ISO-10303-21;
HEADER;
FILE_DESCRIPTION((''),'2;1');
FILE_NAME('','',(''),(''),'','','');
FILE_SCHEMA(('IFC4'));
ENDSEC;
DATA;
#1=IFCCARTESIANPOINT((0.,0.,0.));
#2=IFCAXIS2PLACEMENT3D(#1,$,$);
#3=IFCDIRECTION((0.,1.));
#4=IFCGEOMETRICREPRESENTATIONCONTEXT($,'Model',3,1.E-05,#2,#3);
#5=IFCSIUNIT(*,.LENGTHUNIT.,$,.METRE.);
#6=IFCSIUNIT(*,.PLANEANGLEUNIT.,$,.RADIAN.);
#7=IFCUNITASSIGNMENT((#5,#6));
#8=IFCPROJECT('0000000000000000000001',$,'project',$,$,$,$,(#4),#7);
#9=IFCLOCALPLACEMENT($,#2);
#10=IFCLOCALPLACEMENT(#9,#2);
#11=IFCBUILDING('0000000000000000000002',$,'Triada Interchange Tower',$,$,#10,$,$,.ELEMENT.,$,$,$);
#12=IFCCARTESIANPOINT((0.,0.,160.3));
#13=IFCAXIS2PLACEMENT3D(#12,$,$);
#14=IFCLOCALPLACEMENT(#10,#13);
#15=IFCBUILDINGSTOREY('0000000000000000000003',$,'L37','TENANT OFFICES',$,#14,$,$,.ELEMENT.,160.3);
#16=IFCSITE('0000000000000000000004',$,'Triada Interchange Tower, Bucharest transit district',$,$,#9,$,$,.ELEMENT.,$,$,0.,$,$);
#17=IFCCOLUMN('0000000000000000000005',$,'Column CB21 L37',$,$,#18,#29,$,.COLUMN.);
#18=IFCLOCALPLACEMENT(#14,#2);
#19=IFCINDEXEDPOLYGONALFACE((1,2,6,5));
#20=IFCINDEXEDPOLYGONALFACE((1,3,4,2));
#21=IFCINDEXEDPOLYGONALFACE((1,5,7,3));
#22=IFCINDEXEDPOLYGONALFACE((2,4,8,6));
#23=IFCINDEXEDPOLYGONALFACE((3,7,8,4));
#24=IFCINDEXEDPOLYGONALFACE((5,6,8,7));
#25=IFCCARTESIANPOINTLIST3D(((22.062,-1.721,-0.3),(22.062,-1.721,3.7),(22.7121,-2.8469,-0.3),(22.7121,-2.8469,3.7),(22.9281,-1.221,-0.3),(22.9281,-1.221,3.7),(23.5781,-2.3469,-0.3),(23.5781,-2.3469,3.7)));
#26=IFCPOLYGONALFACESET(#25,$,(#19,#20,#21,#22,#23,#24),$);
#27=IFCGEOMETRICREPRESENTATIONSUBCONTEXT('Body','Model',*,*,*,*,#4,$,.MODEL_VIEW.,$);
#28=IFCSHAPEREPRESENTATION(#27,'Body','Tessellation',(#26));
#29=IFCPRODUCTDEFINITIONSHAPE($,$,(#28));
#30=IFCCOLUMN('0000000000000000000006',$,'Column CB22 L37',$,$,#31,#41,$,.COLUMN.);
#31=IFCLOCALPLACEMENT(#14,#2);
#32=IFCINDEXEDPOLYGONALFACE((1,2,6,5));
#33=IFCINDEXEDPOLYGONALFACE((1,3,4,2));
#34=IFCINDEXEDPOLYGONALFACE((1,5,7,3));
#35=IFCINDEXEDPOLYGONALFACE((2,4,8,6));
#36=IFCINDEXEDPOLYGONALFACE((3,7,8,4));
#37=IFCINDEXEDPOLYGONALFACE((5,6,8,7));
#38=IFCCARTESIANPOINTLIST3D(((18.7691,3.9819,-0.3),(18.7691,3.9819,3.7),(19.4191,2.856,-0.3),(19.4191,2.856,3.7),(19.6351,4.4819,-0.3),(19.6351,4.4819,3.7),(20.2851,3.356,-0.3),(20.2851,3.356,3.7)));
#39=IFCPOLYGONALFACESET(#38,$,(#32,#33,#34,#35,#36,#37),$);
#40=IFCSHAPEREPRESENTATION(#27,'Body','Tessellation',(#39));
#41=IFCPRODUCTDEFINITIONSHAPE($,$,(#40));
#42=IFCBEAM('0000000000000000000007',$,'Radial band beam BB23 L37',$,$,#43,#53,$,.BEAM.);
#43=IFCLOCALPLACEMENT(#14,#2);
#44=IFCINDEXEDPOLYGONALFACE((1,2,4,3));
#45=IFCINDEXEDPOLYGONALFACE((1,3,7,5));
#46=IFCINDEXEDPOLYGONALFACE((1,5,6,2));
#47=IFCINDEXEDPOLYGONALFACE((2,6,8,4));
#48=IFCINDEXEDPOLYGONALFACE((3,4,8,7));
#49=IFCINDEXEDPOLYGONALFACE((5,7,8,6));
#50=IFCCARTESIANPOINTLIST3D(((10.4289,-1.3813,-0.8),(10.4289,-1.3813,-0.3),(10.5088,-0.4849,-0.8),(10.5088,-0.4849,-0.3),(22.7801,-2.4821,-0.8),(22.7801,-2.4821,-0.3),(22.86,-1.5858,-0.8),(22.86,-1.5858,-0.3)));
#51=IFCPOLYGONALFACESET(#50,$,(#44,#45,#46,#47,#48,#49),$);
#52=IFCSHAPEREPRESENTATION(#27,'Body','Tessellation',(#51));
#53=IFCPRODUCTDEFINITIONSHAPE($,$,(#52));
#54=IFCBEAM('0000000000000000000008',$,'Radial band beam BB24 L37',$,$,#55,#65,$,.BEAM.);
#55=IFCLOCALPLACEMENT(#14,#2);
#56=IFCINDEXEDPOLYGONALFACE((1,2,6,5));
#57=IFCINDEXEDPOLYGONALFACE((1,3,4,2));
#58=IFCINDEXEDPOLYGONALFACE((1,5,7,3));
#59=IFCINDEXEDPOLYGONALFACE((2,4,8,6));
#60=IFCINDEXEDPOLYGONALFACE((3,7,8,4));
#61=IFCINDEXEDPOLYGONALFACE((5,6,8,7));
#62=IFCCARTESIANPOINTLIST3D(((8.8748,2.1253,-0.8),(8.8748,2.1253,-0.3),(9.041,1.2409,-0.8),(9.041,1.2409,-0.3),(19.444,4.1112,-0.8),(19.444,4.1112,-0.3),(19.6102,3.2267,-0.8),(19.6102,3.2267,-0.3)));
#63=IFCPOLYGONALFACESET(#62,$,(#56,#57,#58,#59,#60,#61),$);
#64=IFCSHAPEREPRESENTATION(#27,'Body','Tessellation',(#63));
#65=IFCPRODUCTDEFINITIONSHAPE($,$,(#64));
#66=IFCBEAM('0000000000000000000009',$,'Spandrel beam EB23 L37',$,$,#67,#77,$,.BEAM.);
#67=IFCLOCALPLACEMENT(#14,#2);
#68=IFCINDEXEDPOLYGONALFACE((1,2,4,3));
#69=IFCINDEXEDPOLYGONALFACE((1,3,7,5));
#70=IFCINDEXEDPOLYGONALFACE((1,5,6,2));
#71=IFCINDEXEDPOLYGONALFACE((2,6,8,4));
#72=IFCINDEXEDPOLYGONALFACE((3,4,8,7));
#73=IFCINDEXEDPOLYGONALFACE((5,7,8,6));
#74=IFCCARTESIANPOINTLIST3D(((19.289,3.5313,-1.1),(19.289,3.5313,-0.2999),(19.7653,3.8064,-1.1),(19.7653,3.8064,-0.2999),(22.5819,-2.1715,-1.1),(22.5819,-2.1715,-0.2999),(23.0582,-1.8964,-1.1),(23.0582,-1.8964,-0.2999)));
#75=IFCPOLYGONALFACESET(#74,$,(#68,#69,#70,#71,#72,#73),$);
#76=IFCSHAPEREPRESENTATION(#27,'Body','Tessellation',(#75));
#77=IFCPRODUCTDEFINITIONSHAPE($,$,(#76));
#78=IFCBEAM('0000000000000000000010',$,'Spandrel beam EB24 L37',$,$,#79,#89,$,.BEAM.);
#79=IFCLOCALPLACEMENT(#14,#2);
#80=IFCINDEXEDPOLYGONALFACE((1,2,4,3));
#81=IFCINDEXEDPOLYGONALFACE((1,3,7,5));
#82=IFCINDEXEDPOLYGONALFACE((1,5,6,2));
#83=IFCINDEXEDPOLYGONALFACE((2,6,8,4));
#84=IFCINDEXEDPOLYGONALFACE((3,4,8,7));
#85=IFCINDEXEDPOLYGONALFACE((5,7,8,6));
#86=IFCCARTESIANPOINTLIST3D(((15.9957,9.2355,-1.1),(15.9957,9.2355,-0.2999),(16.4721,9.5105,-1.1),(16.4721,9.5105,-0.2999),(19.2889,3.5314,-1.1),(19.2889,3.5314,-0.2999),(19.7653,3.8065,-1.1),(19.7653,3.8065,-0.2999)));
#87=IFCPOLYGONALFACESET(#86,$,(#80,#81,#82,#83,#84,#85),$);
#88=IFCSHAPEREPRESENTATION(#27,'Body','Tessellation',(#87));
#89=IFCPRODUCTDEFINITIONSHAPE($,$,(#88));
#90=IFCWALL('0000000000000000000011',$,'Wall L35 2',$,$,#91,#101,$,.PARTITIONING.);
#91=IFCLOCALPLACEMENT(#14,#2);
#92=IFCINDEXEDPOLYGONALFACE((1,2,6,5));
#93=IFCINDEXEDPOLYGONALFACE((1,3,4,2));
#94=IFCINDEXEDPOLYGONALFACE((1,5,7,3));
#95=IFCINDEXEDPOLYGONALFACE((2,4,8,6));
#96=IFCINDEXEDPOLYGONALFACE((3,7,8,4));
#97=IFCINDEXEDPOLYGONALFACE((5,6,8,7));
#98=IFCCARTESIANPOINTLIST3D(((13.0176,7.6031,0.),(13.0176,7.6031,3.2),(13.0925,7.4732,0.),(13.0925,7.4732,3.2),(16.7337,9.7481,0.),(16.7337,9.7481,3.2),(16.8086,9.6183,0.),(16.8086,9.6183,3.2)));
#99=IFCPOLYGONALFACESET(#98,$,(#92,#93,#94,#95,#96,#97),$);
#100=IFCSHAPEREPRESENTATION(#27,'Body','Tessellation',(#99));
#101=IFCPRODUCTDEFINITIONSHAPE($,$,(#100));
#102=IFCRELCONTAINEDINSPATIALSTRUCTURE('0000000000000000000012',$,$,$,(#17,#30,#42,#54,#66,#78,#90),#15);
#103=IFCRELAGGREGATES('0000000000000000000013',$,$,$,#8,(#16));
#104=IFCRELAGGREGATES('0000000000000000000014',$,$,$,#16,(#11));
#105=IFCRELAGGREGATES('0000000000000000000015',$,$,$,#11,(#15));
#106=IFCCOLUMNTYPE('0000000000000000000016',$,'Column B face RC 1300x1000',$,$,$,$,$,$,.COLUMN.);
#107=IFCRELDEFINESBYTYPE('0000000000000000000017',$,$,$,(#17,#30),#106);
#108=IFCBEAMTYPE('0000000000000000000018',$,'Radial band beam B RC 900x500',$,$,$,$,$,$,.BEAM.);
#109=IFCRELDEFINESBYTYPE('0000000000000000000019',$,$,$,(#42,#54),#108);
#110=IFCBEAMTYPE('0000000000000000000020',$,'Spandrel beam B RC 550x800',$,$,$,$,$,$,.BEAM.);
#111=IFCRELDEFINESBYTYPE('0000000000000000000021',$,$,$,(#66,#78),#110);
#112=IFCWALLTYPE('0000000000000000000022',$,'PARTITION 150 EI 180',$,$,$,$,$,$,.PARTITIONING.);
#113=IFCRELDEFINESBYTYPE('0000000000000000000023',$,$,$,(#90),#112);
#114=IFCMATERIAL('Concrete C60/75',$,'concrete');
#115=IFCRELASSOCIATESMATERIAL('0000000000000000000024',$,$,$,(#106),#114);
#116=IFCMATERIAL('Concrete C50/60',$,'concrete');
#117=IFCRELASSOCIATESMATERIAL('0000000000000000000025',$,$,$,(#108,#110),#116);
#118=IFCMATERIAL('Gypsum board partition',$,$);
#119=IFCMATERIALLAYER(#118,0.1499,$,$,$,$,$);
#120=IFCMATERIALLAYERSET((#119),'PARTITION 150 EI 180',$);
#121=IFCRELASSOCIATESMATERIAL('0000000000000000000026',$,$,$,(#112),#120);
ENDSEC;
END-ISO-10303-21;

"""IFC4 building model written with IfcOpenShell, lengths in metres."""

from ifc_helpers import new_model, si_unit, direction, frame, frame_2d, origin, origin_2d, place, context, subcontext, project, spatial, rectangle, extrude, material, layer, layer_set, material_profile, profile_set, type_object, element, save


model = new_model("IFC4")

# Units and contexts
model_context = context("Model", 3, precision=1e-05, world=origin(), true_north=direction((0.0, 1.0)))
body_context = subcontext(model_context, "Body", "Model", "MODEL_VIEW")
ifc_project = project(units=[si_unit("LENGTHUNIT", "METRE"), si_unit("PLANEANGLEUNIT", "RADIAN")], contexts=[model_context])

# Site, building, storey
site_placement = place(None, origin())
site = spatial("IfcSite", under=ifc_project, at=site_placement, Name="Triada Interchange Tower, Bucharest transit district", CompositionType="ELEMENT", RefElevation=0.0)
building_placement = place(site_placement, origin())
building = spatial("IfcBuilding", under=site, at=building_placement, Name="Triada Interchange Tower", CompositionType="ELEMENT")
storey_placement = place(building_placement, frame((0.0, 0.0, 160.3)))
storey = spatial("IfcBuildingStorey", under=building, at=storey_placement, Name="L37", Description="TENANT OFFICES", CompositionType="ELEMENT", Elevation=160.3)

# Columns
ifc_material_1 = material(Name="Concrete C60/75", Category="concrete")
ifc_material_profile_1 = material_profile(ifc_material_1, rectangle(XDim=1.3, YDim=1.0, at=origin_2d()), Name="RC 1300x1000")
ifc_profile_set_1 = profile_set([ifc_material_profile_1], Name="Concrete C60/75")
column_type = type_object("IfcColumnType", Name="Column B face RC 1300x1000", PredefinedType="COLUMN", material=ifc_profile_set_1)
for number, where, z_axis, x_axis, name in (
    (1, (22.8201, -2.0339, -0.3), (0.0, 0.0, 1.0), (-0.5, 0.866025, 0.0), "Column CB21 L37"),
    (2, (19.5271, 3.6689, -0.3), (0.0, 0.0, 1.0), (-0.5, 0.866025, 0.0), "Column CB22 L37"),
):
    element("IfcColumn", number, at=place(storey_placement, frame(where, z_axis=z_axis, x_axis=x_axis)), inside=storey, type_object=column_type, Name=name, PredefinedType="COLUMN", context=body_context, shape_type="SweptSolid", body=[
        extrude(rectangle(XDim=1.3, YDim=1.0, at=origin_2d()), origin(), (0.0, 0.0, 1.0), 4.0),
    ])

# Beams
ifc_material_2 = material(Name="Concrete C50/60", Category="concrete")
ifc_material_profile_2 = material_profile(ifc_material_2, rectangle(XDim=0.8999, YDim=0.5, at=origin_2d()), Name="RC 900x500")
ifc_profile_set_2 = profile_set([ifc_material_profile_2], Name="Concrete C50/60")
beam_type_1 = type_object("IfcBeamType", Name="Radial band beam B RC 900x500", PredefinedType="BEAM", material=ifc_profile_set_2)
beam_1_placement = place(storey_placement, frame((22.8201, -2.0339, -0.55), z_axis=(-0.996052, 0.088776, 0.0), x_axis=(-0.088776, -0.996052, 0.0)))
element("IfcBeam", 3, at=beam_1_placement, inside=storey, type_object=beam_type_1, Name="Radial band beam BB23 L37", PredefinedType="BEAM", context=body_context, shape_type="SweptSolid", body=[
    extrude(rectangle(XDim=0.8999, YDim=0.5, at=origin_2d()), origin(), (0.0, 0.0, 1.0), 12.4001),
])
beam_2_placement = place(storey_placement, frame((19.5271, 3.6689, -0.55), z_axis=(-0.982802, -0.18466, 0.0), x_axis=(0.18466, -0.982802, 0.0)))
element("IfcBeam", 4, at=beam_2_placement, inside=storey, type_object=beam_type_1, Name="Radial band beam BB24 L37", PredefinedType="BEAM", context=body_context, shape_type="SweptSolid", body=[
    extrude(rectangle(XDim=0.8999, YDim=0.5, at=origin_2d()), origin(), (0.0, 0.0, 1.0), 10.7542),
])
ifc_material_profile_3 = material_profile(ifc_material_2, rectangle(XDim=0.55, YDim=0.8, at=origin_2d()), Name="RC 550x800")
ifc_profile_set_3 = profile_set([ifc_material_profile_3], Name="Concrete C50/60")
beam_type_2 = type_object("IfcBeamType", Name="Spandrel beam B RC 550x800", PredefinedType="BEAM", material=ifc_profile_set_3)
beam_3_placement = place(storey_placement, frame((22.8201, -2.0339, -0.7), z_axis=(-0.500047, 0.865999, 0.0), x_axis=(-0.865999, -0.500047, 0.0)))
element("IfcBeam", 5, at=beam_3_placement, inside=storey, type_object=beam_type_2, Name="Spandrel beam EB23 L37", PredefinedType="BEAM", context=body_context, shape_type="SweptSolid", body=[
    extrude(rectangle(XDim=0.55, YDim=0.8, at=origin_2d()), origin(), (0.0, 0.0, 1.0), 6.5852),
])
beam_4_placement = place(storey_placement, frame((19.5271, 3.6689, -0.7), z_axis=(-0.499994, 0.866029, 0.0), x_axis=(-0.866029, -0.499994, 0.0)))
element("IfcBeam", 6, at=beam_4_placement, inside=storey, type_object=beam_type_2, Name="Spandrel beam EB24 L37", PredefinedType="BEAM", context=body_context, shape_type="SweptSolid", body=[
    extrude(rectangle(XDim=0.55, YDim=0.8, at=origin_2d()), origin(), (0.0, 0.0, 1.0), 6.5864),
])

# Wall
ifc_material_3 = material(Name="Gypsum board partition")
ifc_layer_1 = layer(ifc_material_3, 0.1499)
ifc_layer_set_1 = layer_set([ifc_layer_1], Name="PARTITION 150 EI 180")
wall_type = type_object("IfcWallType", Name="PARTITION 150 EI 180", PredefinedType="PARTITIONING", material=ifc_layer_set_1)
wall_1_placement = place(storey_placement, frame((13.0549, 7.5381, 0.0), z_axis=(0.0, 0.0, 1.0), x_axis=(0.866071, 0.499921, 0.0)))
element("IfcWall", 7, at=wall_1_placement, inside=storey, type_object=wall_type, Name="Wall L35 2", PredefinedType="PARTITIONING", context=body_context, shape_type="SweptSolid", body=[
    extrude(rectangle(XDim=4.2908, YDim=0.1499, at=frame_2d((2.1455, 0.0))), origin(), (0.0, 0.0, 1.0), 3.2),
])

save(model, "model.ifc")
